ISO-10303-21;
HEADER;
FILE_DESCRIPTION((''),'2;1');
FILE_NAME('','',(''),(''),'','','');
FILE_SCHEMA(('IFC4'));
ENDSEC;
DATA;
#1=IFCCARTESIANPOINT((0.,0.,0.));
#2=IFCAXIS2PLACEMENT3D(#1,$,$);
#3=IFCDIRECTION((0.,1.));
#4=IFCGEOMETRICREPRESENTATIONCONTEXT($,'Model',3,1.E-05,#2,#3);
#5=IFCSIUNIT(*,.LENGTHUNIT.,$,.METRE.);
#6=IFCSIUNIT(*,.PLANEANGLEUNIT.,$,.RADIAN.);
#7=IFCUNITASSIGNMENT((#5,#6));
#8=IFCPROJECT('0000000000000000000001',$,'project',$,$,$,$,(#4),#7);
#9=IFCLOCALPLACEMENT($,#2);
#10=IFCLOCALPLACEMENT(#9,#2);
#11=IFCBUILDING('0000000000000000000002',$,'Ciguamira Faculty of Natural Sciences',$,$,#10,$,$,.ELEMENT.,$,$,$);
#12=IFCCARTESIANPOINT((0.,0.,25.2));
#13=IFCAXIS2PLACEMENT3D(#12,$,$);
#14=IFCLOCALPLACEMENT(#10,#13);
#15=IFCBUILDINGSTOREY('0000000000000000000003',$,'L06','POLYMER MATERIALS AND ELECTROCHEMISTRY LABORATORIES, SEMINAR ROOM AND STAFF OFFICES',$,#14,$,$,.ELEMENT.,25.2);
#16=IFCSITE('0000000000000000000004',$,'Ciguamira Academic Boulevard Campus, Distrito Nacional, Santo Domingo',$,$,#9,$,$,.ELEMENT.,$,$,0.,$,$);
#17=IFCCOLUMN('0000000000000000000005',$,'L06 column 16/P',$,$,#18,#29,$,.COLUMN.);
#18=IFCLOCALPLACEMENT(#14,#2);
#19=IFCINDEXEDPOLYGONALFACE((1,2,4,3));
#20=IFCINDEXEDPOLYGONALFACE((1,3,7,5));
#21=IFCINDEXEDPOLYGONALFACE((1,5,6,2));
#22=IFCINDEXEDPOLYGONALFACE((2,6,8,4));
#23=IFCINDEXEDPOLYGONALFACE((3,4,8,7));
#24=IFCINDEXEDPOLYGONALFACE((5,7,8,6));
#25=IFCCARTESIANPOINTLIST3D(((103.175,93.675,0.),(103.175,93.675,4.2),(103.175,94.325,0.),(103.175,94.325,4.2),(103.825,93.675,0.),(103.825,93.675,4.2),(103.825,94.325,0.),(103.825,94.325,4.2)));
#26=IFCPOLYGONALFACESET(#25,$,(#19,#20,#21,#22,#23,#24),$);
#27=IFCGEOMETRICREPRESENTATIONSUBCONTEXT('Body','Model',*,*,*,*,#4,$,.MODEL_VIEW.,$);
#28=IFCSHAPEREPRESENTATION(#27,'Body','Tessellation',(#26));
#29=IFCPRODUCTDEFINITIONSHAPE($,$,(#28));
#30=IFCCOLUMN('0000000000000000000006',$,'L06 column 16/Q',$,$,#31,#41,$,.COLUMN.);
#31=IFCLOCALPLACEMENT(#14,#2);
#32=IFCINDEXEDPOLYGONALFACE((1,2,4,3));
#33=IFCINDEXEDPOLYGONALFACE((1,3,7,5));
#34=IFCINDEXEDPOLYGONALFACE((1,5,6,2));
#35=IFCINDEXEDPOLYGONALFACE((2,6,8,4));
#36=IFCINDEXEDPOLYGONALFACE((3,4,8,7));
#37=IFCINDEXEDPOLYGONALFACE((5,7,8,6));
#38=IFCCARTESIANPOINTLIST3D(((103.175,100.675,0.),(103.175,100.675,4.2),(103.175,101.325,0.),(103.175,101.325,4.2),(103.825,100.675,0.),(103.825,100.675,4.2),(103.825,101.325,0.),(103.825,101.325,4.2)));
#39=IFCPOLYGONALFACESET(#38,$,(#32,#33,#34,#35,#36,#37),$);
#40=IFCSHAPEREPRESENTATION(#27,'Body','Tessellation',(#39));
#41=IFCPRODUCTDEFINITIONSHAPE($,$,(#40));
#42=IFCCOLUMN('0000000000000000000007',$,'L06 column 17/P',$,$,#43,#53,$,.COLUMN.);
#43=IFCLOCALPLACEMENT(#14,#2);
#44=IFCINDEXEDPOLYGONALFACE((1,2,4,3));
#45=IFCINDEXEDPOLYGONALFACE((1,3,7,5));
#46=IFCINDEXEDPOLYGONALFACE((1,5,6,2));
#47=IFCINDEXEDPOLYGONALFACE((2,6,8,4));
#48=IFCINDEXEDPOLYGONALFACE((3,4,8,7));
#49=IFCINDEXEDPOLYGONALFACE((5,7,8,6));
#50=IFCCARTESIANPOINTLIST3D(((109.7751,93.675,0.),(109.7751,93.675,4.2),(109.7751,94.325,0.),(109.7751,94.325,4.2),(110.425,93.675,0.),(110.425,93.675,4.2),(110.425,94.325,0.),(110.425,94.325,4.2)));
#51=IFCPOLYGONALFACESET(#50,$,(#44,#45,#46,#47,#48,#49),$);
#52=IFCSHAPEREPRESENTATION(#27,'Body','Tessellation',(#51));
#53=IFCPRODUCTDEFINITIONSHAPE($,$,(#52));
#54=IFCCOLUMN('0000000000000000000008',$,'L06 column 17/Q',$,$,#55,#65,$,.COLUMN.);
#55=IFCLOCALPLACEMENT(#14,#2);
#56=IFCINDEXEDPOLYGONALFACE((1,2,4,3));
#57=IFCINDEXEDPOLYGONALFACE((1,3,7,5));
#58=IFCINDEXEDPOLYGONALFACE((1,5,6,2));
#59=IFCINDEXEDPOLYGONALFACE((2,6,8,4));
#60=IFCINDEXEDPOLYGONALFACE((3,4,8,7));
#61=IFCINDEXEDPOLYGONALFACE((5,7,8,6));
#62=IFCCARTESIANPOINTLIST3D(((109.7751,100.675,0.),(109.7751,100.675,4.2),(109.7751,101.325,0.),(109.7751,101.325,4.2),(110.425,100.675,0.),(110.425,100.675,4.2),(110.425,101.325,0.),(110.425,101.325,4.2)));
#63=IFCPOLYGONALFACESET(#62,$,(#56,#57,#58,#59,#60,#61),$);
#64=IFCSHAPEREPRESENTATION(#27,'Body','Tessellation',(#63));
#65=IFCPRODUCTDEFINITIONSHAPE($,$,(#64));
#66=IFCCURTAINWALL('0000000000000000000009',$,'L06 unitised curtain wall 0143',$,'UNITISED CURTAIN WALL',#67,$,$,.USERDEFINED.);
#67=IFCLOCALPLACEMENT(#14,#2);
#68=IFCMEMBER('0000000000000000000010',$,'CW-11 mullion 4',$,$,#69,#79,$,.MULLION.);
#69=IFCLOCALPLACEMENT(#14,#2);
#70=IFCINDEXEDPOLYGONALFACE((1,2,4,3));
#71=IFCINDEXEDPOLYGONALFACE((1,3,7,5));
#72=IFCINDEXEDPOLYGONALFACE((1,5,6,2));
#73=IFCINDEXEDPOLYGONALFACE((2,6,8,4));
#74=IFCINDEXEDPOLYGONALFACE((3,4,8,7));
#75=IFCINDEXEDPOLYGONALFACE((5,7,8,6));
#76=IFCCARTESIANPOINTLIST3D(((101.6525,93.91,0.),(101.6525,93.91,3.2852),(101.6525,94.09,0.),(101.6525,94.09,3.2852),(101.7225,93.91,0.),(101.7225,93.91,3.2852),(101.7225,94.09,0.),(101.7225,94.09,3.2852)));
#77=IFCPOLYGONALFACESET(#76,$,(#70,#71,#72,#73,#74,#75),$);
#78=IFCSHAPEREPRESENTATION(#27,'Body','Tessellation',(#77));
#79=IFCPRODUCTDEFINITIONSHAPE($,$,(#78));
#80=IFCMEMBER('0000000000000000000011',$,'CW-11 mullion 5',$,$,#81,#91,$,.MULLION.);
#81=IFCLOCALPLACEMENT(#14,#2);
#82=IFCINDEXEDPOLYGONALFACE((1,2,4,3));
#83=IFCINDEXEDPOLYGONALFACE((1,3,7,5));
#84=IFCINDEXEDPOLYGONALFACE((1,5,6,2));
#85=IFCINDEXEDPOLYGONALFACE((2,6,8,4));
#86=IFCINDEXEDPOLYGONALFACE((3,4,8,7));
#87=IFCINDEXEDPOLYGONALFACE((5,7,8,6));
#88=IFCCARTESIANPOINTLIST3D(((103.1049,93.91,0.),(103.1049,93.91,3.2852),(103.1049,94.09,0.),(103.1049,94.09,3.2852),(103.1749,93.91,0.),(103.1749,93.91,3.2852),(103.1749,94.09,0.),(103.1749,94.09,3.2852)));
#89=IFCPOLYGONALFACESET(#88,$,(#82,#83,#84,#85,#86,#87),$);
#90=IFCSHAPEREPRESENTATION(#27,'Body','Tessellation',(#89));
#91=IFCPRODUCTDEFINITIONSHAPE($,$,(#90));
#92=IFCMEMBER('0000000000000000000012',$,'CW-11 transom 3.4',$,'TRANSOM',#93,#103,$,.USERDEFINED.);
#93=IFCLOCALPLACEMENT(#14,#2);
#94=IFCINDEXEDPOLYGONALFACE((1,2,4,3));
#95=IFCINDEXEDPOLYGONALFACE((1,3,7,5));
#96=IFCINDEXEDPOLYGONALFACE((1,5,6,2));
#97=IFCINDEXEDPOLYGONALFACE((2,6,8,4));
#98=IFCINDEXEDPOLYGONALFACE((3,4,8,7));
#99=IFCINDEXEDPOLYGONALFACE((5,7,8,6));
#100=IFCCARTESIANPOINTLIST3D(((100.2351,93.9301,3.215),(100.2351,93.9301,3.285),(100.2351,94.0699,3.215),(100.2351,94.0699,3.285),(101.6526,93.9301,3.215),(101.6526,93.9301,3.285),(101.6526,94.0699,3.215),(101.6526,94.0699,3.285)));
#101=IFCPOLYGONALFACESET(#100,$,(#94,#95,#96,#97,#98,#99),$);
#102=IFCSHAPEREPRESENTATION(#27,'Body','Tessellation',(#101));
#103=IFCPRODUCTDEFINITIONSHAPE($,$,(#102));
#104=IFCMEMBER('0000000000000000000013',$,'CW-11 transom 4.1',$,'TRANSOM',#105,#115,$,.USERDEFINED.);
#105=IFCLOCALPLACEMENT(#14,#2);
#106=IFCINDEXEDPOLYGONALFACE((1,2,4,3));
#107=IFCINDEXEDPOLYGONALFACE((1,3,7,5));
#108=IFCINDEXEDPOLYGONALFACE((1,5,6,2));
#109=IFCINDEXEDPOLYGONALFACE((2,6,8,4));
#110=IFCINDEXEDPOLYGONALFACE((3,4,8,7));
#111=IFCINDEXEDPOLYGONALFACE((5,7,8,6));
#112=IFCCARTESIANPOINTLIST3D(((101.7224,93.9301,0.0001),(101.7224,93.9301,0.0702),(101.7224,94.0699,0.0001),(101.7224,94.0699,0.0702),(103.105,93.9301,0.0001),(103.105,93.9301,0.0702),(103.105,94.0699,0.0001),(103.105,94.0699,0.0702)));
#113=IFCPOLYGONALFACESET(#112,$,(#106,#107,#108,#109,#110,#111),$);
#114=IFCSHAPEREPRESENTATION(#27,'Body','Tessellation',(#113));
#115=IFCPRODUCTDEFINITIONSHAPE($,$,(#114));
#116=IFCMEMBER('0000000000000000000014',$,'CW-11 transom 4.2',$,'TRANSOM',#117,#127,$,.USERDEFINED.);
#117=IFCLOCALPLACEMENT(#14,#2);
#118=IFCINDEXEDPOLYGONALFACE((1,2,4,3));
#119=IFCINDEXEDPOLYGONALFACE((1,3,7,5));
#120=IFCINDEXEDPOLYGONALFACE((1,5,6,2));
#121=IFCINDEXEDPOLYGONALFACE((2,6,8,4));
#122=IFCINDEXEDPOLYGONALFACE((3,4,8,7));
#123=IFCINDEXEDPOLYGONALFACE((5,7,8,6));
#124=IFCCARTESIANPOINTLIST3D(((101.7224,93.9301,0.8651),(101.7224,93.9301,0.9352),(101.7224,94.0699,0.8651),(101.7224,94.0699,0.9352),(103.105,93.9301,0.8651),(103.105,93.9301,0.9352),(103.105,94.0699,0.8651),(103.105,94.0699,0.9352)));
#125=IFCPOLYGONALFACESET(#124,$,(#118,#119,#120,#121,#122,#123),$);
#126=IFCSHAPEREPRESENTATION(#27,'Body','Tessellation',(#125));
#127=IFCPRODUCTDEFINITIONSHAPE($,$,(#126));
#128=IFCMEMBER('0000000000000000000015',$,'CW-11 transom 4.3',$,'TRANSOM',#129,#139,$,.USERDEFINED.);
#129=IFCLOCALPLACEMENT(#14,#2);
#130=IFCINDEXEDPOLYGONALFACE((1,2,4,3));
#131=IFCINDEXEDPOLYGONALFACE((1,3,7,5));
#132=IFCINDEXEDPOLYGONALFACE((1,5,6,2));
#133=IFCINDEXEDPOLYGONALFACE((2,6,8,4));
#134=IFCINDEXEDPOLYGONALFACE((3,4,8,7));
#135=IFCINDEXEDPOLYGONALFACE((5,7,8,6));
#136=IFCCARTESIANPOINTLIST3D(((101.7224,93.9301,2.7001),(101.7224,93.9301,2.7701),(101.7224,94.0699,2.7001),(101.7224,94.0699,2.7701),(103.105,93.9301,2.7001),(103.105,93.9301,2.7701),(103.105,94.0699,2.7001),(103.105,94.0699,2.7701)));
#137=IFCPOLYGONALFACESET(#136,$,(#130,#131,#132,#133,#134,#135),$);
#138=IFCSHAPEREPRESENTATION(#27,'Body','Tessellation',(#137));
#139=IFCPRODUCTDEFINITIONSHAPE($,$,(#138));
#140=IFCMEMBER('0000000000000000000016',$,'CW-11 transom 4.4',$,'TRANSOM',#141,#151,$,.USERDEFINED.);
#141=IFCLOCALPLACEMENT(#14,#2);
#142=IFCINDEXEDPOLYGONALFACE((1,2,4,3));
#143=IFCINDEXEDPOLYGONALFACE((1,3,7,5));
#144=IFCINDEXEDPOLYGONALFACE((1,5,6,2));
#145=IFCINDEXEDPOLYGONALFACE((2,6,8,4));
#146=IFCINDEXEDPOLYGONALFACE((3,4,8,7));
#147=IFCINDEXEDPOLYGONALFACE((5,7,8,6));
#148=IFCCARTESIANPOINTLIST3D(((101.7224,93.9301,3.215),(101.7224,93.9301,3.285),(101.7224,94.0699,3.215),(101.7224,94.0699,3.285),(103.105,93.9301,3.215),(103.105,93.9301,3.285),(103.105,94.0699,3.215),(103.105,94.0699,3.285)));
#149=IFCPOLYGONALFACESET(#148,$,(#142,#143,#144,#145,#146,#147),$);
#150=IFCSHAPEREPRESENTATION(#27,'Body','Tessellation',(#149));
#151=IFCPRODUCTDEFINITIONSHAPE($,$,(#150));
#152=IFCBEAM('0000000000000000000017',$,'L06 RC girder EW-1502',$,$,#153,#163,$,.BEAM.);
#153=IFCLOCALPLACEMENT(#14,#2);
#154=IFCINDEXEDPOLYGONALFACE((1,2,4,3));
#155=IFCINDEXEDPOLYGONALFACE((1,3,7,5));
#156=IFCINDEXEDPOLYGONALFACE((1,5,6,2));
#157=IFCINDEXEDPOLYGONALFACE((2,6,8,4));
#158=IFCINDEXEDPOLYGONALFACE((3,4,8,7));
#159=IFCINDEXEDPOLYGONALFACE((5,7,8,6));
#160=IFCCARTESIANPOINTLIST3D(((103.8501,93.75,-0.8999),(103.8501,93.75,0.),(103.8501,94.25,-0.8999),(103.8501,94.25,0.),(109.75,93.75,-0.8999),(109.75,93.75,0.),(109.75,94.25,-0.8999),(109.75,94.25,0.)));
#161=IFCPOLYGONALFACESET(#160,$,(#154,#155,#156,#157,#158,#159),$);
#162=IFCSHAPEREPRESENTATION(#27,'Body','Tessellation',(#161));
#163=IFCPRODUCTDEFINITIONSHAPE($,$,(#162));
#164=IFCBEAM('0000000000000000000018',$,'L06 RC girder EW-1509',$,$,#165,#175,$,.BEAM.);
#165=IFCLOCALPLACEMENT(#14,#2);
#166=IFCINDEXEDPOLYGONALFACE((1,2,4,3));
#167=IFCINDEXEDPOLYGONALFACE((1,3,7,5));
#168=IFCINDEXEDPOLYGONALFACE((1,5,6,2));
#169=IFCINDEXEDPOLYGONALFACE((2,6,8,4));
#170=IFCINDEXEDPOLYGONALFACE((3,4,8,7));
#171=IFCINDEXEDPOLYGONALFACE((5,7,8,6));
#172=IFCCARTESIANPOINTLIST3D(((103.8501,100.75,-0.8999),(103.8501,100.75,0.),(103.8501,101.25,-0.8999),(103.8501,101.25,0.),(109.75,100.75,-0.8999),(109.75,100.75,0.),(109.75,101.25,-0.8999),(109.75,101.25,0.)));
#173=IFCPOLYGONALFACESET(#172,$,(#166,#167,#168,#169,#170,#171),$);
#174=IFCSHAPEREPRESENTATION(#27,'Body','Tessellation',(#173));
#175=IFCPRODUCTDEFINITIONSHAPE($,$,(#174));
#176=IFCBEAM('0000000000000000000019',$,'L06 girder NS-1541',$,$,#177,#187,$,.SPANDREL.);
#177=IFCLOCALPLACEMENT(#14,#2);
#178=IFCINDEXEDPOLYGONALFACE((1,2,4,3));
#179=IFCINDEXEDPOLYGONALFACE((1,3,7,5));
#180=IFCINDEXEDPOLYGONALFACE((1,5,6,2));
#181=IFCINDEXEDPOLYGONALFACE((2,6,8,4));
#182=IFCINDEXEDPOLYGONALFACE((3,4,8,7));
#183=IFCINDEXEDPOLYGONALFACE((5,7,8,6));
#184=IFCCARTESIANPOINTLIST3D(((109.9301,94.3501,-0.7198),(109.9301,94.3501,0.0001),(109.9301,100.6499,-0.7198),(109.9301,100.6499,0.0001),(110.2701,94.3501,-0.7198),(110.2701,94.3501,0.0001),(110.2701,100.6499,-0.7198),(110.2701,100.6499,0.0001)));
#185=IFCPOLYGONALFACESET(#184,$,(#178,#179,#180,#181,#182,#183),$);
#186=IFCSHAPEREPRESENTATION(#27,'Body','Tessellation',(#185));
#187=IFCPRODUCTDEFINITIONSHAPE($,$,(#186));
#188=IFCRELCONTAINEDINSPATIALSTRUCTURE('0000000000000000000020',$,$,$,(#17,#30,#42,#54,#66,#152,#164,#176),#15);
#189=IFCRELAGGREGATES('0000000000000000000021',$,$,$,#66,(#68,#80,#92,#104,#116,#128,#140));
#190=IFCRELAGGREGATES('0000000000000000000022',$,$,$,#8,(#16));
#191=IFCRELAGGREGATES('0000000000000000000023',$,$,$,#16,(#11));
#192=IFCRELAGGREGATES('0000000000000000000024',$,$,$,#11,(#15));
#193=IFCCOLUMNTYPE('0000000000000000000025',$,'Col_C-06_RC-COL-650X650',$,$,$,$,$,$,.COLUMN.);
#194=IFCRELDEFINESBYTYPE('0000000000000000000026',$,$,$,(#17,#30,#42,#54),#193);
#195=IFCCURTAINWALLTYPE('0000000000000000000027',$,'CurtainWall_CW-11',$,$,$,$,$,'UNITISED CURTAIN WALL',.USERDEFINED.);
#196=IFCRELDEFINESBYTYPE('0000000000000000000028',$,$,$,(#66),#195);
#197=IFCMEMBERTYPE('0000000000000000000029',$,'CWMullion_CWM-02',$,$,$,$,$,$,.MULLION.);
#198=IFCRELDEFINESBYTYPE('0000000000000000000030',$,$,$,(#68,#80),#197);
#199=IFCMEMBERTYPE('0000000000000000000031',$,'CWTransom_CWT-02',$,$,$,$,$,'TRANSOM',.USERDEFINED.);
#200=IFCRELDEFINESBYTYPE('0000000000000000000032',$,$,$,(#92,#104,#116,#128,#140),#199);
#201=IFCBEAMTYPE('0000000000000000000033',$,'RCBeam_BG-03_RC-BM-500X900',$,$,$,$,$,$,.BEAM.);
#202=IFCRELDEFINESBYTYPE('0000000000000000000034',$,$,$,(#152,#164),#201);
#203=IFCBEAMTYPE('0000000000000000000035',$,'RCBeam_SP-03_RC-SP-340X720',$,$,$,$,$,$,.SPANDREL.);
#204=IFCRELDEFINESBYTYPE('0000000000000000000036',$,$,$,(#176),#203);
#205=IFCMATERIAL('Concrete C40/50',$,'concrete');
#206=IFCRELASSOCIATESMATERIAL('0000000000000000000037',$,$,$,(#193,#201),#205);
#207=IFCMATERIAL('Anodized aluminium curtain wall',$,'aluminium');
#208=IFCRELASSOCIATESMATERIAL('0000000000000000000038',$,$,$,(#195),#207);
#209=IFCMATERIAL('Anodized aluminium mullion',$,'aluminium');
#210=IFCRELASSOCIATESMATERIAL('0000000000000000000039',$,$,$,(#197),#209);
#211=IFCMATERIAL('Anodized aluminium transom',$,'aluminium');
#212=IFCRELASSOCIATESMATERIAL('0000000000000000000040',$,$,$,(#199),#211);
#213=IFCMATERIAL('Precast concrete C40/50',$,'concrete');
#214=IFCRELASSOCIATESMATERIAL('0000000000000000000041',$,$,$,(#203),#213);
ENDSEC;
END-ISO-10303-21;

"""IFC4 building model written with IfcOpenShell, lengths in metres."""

from ifc_helpers import new_model, si_unit, direction, frame, origin, origin_2d, place, context, subcontext, project, spatial, rectangle, extrude, material, material_profile, profile_set, type_object, element, aggregate, save


model = new_model("IFC4")

# Units and contexts
model_context = context("Model", 3, precision=1e-05, world=origin(), true_north=direction((0.0, 1.0)))
body_context = subcontext(model_context, "Body", "Model", "MODEL_VIEW")
ifc_project = project(units=[si_unit("LENGTHUNIT", "METRE"), si_unit("PLANEANGLEUNIT", "RADIAN")], contexts=[model_context])

# Site, building, storey
site_placement = place(None, origin())
site = spatial("IfcSite", under=ifc_project, at=site_placement, Name="Ciguamira Academic Boulevard Campus, Distrito Nacional, Santo Domingo", CompositionType="ELEMENT", RefElevation=0.0)
building_placement = place(site_placement, origin())
building = spatial("IfcBuilding", under=site, at=building_placement, Name="Ciguamira Faculty of Natural Sciences", CompositionType="ELEMENT")
storey_placement = place(building_placement, frame((0.0, 0.0, 25.2)))
storey = spatial("IfcBuildingStorey", under=building, at=storey_placement, Name="L06", Description="POLYMER MATERIALS AND ELECTROCHEMISTRY LABORATORIES, SEMINAR ROOM AND STAFF OFFICES", CompositionType="ELEMENT", Elevation=25.2)

# Columns
ifc_material_1 = material(Name="Concrete C40/50", Category="concrete")
ifc_material_profile_1 = material_profile(ifc_material_1, rectangle(XDim=0.6499, YDim=0.6499, at=origin_2d()), Name="RC-COL-650X650")
ifc_profile_set_1 = profile_set([ifc_material_profile_1], Name="Concrete C40/50")
column_type = type_object("IfcColumnType", Name="Col_C-06_RC-COL-650X650", PredefinedType="COLUMN", material=ifc_profile_set_1)
for number, where, z_axis, x_axis, name in (
    (1, (103.5, 94.0, 0.0), (0.0, 0.0, 1.0), (1.0, 0.0, 0.0), "L06 column 16/P"),
    (2, (103.5, 101.0, 0.0), (0.0, 0.0, 1.0), (1.0, 0.0, 0.0), "L06 column 16/Q"),
    (3, (110.1001, 94.0, 0.0), (0.0, 0.0, 1.0), (1.0, 0.0, 0.0), "L06 column 17/P"),
    (4, (110.1001, 101.0, 0.0), (0.0, 0.0, 1.0), (1.0, 0.0, 0.0), "L06 column 17/Q"),
):
    element("IfcColumn", number, at=place(storey_placement, frame(where, z_axis=z_axis, x_axis=x_axis)), inside=storey, type_object=column_type, Name=name, PredefinedType="COLUMN", context=body_context, shape_type="SweptSolid", body=[
        extrude(rectangle(XDim=0.6499, YDim=0.6499, at=origin_2d()), origin(), (0.0, 0.0, 1.0), 4.2),
    ])

# Curtain wall, members
ifc_material_2 = material(Name="Anodized aluminium curtain wall", Category="aluminium")
curtain_wall_type = type_object("IfcCurtainWallType", Name="CurtainWall_CW-11", ElementType="UNITISED CURTAIN WALL", PredefinedType="USERDEFINED", material=ifc_material_2)
curtain_wall_placement = place(storey_placement, origin())
curtain_wall = element("IfcCurtainWall", 5, at=curtain_wall_placement, inside=storey, type_object=curtain_wall_type, Name="L06 unitised curtain wall 0143", ObjectType="UNITISED CURTAIN WALL", PredefinedType="USERDEFINED")
ifc_material_3 = material(Name="Anodized aluminium mullion", Category="aluminium")
ifc_material_profile_2 = material_profile(ifc_material_3, rectangle(XDim=0.0701, YDim=0.1799, at=origin_2d()), Name="ALU-MUL-70X180")
ifc_profile_set_2 = profile_set([ifc_material_profile_2], Name="Anodized aluminium mullion")
member_type_1 = type_object("IfcMemberType", Name="CWMullion_CWM-02", PredefinedType="MULLION", material=ifc_profile_set_2)
member_1_placement = place(storey_placement, frame((101.6875, 94.0, 0.0), z_axis=(0.0, 0.0, 1.0), x_axis=(1.0, 0.0, 0.0)))
member_1 = element("IfcMember", 6, at=member_1_placement, type_object=member_type_1, Name="CW-11 mullion 4", PredefinedType="MULLION", context=body_context, shape_type="SweptSolid", body=[
    extrude(rectangle(XDim=0.0701, YDim=0.1799, at=origin_2d()), origin(), (0.0, 0.0, 1.0), 3.2852),
])
member_2_placement = place(storey_placement, frame((103.1399, 94.0, 0.0), z_axis=(0.0, 0.0, 1.0), x_axis=(1.0, 0.0, 0.0)))
member_2 = element("IfcMember", 7, at=member_2_placement, type_object=member_type_1, Name="CW-11 mullion 5", PredefinedType="MULLION", context=body_context, shape_type="SweptSolid", body=[
    extrude(rectangle(XDim=0.0701, YDim=0.1799, at=origin_2d()), origin(), (0.0, 0.0, 1.0), 3.2852),
])
ifc_material_4 = material(Name="Anodized aluminium transom", Category="aluminium")
ifc_material_profile_3 = material_profile(ifc_material_4, rectangle(XDim=0.0701, YDim=0.1399, at=origin_2d()), Name="ALU-TRN-70X140")
ifc_profile_set_3 = profile_set([ifc_material_profile_3], Name="Anodized aluminium transom")
member_type_2 = type_object("IfcMemberType", Name="CWTransom_CWT-02", ElementType="TRANSOM", PredefinedType="USERDEFINED", material=ifc_profile_set_3)
member_3_placement = place(storey_placement, frame((100.2351, 94.0, 3.25), z_axis=(1.0, 0.0, 0.0), x_axis=(0.0, 0.0, 1.0)))
member_3 = element("IfcMember", 8, at=member_3_placement, type_object=member_type_2, Name="CW-11 transom 3.4", ObjectType="TRANSOM", PredefinedType="USERDEFINED", context=body_context, shape_type="SweptSolid", body=[
    extrude(rectangle(XDim=0.0701, YDim=0.1399, at=origin_2d()), origin(), (0.0, 0.0, 1.0), 1.4175),
])
member_4_placement = place(storey_placement, frame((101.7224, 94.0, 0.0352), z_axis=(1.0, 0.0, 0.0), x_axis=(0.0, 0.0, 1.0)))
member_4 = element("IfcMember", 9, at=member_4_placement, type_object=member_type_2, Name="CW-11 transom 4.1", ObjectType="TRANSOM", PredefinedType="USERDEFINED", context=body_context, shape_type="SweptSolid", body=[
    extrude(rectangle(XDim=0.0701, YDim=0.1399, at=origin_2d()), origin(), (0.0, 0.0, 1.0), 1.3826),
])
member_5_placement = place(storey_placement, frame((101.7224, 94.0, 0.9001), z_axis=(1.0, 0.0, 0.0), x_axis=(0.0, 0.0, 1.0)))
member_5 = element("IfcMember", 10, at=member_5_placement, type_object=member_type_2, Name="CW-11 transom 4.2", ObjectType="TRANSOM", PredefinedType="USERDEFINED", context=body_context, shape_type="SweptSolid", body=[
    extrude(rectangle(XDim=0.0701, YDim=0.1399, at=origin_2d()), origin(), (0.0, 0.0, 1.0), 1.3826),
])
member_6_placement = place(storey_placement, frame((101.7224, 94.0, 2.7351), z_axis=(1.0, 0.0, 0.0), x_axis=(0.0, 0.0, 1.0)))
member_6 = element("IfcMember", 11, at=member_6_placement, type_object=member_type_2, Name="CW-11 transom 4.3", ObjectType="TRANSOM", PredefinedType="USERDEFINED", context=body_context, shape_type="SweptSolid", body=[
    extrude(rectangle(XDim=0.0701, YDim=0.1399, at=origin_2d()), origin(), (0.0, 0.0, 1.0), 1.3826),
])
member_7_placement = place(storey_placement, frame((101.7224, 94.0, 3.25), z_axis=(1.0, 0.0, 0.0), x_axis=(0.0, 0.0, 1.0)))
member_7 = element("IfcMember", 12, at=member_7_placement, type_object=member_type_2, Name="CW-11 transom 4.4", ObjectType="TRANSOM", PredefinedType="USERDEFINED", context=body_context, shape_type="SweptSolid", body=[
    extrude(rectangle(XDim=0.0701, YDim=0.1399, at=origin_2d()), origin(), (0.0, 0.0, 1.0), 1.3826),
])

# Beams
ifc_material_profile_4 = material_profile(ifc_material_1, rectangle(XDim=0.5, YDim=0.8999, at=origin_2d()), Name="RC-BM-500X900")
ifc_profile_set_4 = profile_set([ifc_material_profile_4], Name="Concrete C40/50")
beam_type_1 = type_object("IfcBeamType", Name="RCBeam_BG-03_RC-BM-500X900", PredefinedType="BEAM", material=ifc_profile_set_4)
for number, where, z_axis, x_axis, name in (
    (13, (103.8501, 94.0, -0.45), (1.0, 0.0, 0.0), (0.0, 1.0, 0.0), "L06 RC girder EW-1502"),
    (14, (103.8501, 101.0, -0.45), (1.0, 0.0, 0.0), (0.0, 1.0, 0.0), "L06 RC girder EW-1509"),
):
    element("IfcBeam", number, at=place(storey_placement, frame(where, z_axis=z_axis, x_axis=x_axis)), inside=storey, type_object=beam_type_1, Name=name, PredefinedType="BEAM", context=body_context, shape_type="SweptSolid", body=[
        extrude(rectangle(XDim=0.5, YDim=0.8999, at=origin_2d()), origin(), (0.0, 0.0, 1.0), 5.8999),
    ])
ifc_material_5 = material(Name="Precast concrete C40/50", Category="concrete")
ifc_material_profile_5 = material_profile(ifc_material_5, rectangle(XDim=0.3401, YDim=0.72, at=origin_2d()), Name="RC-SP-340X720")
ifc_profile_set_5 = profile_set([ifc_material_profile_5], Name="Precast concrete C40/50")
beam_type_2 = type_object("IfcBeamType", Name="RCBeam_SP-03_RC-SP-340X720", PredefinedType="SPANDREL", material=ifc_profile_set_5)
beam_1_placement = place(storey_placement, frame((110.1001, 94.3501, -0.3599), z_axis=(0.0, 1.0, 0.0), x_axis=(-1.0, 0.0, 0.0)))
element("IfcBeam", 15, at=beam_1_placement, inside=storey, type_object=beam_type_2, Name="L06 girder NS-1541", PredefinedType="SPANDREL", context=body_context, shape_type="SweptSolid", body=[
    extrude(rectangle(XDim=0.3401, YDim=0.72, at=origin_2d()), origin(), (0.0, 0.0, 1.0), 6.2998),
])

aggregate(curtain_wall, [member_1, member_2, member_3, member_4, member_5, member_6, member_7])

save(model, "model.ifc")
